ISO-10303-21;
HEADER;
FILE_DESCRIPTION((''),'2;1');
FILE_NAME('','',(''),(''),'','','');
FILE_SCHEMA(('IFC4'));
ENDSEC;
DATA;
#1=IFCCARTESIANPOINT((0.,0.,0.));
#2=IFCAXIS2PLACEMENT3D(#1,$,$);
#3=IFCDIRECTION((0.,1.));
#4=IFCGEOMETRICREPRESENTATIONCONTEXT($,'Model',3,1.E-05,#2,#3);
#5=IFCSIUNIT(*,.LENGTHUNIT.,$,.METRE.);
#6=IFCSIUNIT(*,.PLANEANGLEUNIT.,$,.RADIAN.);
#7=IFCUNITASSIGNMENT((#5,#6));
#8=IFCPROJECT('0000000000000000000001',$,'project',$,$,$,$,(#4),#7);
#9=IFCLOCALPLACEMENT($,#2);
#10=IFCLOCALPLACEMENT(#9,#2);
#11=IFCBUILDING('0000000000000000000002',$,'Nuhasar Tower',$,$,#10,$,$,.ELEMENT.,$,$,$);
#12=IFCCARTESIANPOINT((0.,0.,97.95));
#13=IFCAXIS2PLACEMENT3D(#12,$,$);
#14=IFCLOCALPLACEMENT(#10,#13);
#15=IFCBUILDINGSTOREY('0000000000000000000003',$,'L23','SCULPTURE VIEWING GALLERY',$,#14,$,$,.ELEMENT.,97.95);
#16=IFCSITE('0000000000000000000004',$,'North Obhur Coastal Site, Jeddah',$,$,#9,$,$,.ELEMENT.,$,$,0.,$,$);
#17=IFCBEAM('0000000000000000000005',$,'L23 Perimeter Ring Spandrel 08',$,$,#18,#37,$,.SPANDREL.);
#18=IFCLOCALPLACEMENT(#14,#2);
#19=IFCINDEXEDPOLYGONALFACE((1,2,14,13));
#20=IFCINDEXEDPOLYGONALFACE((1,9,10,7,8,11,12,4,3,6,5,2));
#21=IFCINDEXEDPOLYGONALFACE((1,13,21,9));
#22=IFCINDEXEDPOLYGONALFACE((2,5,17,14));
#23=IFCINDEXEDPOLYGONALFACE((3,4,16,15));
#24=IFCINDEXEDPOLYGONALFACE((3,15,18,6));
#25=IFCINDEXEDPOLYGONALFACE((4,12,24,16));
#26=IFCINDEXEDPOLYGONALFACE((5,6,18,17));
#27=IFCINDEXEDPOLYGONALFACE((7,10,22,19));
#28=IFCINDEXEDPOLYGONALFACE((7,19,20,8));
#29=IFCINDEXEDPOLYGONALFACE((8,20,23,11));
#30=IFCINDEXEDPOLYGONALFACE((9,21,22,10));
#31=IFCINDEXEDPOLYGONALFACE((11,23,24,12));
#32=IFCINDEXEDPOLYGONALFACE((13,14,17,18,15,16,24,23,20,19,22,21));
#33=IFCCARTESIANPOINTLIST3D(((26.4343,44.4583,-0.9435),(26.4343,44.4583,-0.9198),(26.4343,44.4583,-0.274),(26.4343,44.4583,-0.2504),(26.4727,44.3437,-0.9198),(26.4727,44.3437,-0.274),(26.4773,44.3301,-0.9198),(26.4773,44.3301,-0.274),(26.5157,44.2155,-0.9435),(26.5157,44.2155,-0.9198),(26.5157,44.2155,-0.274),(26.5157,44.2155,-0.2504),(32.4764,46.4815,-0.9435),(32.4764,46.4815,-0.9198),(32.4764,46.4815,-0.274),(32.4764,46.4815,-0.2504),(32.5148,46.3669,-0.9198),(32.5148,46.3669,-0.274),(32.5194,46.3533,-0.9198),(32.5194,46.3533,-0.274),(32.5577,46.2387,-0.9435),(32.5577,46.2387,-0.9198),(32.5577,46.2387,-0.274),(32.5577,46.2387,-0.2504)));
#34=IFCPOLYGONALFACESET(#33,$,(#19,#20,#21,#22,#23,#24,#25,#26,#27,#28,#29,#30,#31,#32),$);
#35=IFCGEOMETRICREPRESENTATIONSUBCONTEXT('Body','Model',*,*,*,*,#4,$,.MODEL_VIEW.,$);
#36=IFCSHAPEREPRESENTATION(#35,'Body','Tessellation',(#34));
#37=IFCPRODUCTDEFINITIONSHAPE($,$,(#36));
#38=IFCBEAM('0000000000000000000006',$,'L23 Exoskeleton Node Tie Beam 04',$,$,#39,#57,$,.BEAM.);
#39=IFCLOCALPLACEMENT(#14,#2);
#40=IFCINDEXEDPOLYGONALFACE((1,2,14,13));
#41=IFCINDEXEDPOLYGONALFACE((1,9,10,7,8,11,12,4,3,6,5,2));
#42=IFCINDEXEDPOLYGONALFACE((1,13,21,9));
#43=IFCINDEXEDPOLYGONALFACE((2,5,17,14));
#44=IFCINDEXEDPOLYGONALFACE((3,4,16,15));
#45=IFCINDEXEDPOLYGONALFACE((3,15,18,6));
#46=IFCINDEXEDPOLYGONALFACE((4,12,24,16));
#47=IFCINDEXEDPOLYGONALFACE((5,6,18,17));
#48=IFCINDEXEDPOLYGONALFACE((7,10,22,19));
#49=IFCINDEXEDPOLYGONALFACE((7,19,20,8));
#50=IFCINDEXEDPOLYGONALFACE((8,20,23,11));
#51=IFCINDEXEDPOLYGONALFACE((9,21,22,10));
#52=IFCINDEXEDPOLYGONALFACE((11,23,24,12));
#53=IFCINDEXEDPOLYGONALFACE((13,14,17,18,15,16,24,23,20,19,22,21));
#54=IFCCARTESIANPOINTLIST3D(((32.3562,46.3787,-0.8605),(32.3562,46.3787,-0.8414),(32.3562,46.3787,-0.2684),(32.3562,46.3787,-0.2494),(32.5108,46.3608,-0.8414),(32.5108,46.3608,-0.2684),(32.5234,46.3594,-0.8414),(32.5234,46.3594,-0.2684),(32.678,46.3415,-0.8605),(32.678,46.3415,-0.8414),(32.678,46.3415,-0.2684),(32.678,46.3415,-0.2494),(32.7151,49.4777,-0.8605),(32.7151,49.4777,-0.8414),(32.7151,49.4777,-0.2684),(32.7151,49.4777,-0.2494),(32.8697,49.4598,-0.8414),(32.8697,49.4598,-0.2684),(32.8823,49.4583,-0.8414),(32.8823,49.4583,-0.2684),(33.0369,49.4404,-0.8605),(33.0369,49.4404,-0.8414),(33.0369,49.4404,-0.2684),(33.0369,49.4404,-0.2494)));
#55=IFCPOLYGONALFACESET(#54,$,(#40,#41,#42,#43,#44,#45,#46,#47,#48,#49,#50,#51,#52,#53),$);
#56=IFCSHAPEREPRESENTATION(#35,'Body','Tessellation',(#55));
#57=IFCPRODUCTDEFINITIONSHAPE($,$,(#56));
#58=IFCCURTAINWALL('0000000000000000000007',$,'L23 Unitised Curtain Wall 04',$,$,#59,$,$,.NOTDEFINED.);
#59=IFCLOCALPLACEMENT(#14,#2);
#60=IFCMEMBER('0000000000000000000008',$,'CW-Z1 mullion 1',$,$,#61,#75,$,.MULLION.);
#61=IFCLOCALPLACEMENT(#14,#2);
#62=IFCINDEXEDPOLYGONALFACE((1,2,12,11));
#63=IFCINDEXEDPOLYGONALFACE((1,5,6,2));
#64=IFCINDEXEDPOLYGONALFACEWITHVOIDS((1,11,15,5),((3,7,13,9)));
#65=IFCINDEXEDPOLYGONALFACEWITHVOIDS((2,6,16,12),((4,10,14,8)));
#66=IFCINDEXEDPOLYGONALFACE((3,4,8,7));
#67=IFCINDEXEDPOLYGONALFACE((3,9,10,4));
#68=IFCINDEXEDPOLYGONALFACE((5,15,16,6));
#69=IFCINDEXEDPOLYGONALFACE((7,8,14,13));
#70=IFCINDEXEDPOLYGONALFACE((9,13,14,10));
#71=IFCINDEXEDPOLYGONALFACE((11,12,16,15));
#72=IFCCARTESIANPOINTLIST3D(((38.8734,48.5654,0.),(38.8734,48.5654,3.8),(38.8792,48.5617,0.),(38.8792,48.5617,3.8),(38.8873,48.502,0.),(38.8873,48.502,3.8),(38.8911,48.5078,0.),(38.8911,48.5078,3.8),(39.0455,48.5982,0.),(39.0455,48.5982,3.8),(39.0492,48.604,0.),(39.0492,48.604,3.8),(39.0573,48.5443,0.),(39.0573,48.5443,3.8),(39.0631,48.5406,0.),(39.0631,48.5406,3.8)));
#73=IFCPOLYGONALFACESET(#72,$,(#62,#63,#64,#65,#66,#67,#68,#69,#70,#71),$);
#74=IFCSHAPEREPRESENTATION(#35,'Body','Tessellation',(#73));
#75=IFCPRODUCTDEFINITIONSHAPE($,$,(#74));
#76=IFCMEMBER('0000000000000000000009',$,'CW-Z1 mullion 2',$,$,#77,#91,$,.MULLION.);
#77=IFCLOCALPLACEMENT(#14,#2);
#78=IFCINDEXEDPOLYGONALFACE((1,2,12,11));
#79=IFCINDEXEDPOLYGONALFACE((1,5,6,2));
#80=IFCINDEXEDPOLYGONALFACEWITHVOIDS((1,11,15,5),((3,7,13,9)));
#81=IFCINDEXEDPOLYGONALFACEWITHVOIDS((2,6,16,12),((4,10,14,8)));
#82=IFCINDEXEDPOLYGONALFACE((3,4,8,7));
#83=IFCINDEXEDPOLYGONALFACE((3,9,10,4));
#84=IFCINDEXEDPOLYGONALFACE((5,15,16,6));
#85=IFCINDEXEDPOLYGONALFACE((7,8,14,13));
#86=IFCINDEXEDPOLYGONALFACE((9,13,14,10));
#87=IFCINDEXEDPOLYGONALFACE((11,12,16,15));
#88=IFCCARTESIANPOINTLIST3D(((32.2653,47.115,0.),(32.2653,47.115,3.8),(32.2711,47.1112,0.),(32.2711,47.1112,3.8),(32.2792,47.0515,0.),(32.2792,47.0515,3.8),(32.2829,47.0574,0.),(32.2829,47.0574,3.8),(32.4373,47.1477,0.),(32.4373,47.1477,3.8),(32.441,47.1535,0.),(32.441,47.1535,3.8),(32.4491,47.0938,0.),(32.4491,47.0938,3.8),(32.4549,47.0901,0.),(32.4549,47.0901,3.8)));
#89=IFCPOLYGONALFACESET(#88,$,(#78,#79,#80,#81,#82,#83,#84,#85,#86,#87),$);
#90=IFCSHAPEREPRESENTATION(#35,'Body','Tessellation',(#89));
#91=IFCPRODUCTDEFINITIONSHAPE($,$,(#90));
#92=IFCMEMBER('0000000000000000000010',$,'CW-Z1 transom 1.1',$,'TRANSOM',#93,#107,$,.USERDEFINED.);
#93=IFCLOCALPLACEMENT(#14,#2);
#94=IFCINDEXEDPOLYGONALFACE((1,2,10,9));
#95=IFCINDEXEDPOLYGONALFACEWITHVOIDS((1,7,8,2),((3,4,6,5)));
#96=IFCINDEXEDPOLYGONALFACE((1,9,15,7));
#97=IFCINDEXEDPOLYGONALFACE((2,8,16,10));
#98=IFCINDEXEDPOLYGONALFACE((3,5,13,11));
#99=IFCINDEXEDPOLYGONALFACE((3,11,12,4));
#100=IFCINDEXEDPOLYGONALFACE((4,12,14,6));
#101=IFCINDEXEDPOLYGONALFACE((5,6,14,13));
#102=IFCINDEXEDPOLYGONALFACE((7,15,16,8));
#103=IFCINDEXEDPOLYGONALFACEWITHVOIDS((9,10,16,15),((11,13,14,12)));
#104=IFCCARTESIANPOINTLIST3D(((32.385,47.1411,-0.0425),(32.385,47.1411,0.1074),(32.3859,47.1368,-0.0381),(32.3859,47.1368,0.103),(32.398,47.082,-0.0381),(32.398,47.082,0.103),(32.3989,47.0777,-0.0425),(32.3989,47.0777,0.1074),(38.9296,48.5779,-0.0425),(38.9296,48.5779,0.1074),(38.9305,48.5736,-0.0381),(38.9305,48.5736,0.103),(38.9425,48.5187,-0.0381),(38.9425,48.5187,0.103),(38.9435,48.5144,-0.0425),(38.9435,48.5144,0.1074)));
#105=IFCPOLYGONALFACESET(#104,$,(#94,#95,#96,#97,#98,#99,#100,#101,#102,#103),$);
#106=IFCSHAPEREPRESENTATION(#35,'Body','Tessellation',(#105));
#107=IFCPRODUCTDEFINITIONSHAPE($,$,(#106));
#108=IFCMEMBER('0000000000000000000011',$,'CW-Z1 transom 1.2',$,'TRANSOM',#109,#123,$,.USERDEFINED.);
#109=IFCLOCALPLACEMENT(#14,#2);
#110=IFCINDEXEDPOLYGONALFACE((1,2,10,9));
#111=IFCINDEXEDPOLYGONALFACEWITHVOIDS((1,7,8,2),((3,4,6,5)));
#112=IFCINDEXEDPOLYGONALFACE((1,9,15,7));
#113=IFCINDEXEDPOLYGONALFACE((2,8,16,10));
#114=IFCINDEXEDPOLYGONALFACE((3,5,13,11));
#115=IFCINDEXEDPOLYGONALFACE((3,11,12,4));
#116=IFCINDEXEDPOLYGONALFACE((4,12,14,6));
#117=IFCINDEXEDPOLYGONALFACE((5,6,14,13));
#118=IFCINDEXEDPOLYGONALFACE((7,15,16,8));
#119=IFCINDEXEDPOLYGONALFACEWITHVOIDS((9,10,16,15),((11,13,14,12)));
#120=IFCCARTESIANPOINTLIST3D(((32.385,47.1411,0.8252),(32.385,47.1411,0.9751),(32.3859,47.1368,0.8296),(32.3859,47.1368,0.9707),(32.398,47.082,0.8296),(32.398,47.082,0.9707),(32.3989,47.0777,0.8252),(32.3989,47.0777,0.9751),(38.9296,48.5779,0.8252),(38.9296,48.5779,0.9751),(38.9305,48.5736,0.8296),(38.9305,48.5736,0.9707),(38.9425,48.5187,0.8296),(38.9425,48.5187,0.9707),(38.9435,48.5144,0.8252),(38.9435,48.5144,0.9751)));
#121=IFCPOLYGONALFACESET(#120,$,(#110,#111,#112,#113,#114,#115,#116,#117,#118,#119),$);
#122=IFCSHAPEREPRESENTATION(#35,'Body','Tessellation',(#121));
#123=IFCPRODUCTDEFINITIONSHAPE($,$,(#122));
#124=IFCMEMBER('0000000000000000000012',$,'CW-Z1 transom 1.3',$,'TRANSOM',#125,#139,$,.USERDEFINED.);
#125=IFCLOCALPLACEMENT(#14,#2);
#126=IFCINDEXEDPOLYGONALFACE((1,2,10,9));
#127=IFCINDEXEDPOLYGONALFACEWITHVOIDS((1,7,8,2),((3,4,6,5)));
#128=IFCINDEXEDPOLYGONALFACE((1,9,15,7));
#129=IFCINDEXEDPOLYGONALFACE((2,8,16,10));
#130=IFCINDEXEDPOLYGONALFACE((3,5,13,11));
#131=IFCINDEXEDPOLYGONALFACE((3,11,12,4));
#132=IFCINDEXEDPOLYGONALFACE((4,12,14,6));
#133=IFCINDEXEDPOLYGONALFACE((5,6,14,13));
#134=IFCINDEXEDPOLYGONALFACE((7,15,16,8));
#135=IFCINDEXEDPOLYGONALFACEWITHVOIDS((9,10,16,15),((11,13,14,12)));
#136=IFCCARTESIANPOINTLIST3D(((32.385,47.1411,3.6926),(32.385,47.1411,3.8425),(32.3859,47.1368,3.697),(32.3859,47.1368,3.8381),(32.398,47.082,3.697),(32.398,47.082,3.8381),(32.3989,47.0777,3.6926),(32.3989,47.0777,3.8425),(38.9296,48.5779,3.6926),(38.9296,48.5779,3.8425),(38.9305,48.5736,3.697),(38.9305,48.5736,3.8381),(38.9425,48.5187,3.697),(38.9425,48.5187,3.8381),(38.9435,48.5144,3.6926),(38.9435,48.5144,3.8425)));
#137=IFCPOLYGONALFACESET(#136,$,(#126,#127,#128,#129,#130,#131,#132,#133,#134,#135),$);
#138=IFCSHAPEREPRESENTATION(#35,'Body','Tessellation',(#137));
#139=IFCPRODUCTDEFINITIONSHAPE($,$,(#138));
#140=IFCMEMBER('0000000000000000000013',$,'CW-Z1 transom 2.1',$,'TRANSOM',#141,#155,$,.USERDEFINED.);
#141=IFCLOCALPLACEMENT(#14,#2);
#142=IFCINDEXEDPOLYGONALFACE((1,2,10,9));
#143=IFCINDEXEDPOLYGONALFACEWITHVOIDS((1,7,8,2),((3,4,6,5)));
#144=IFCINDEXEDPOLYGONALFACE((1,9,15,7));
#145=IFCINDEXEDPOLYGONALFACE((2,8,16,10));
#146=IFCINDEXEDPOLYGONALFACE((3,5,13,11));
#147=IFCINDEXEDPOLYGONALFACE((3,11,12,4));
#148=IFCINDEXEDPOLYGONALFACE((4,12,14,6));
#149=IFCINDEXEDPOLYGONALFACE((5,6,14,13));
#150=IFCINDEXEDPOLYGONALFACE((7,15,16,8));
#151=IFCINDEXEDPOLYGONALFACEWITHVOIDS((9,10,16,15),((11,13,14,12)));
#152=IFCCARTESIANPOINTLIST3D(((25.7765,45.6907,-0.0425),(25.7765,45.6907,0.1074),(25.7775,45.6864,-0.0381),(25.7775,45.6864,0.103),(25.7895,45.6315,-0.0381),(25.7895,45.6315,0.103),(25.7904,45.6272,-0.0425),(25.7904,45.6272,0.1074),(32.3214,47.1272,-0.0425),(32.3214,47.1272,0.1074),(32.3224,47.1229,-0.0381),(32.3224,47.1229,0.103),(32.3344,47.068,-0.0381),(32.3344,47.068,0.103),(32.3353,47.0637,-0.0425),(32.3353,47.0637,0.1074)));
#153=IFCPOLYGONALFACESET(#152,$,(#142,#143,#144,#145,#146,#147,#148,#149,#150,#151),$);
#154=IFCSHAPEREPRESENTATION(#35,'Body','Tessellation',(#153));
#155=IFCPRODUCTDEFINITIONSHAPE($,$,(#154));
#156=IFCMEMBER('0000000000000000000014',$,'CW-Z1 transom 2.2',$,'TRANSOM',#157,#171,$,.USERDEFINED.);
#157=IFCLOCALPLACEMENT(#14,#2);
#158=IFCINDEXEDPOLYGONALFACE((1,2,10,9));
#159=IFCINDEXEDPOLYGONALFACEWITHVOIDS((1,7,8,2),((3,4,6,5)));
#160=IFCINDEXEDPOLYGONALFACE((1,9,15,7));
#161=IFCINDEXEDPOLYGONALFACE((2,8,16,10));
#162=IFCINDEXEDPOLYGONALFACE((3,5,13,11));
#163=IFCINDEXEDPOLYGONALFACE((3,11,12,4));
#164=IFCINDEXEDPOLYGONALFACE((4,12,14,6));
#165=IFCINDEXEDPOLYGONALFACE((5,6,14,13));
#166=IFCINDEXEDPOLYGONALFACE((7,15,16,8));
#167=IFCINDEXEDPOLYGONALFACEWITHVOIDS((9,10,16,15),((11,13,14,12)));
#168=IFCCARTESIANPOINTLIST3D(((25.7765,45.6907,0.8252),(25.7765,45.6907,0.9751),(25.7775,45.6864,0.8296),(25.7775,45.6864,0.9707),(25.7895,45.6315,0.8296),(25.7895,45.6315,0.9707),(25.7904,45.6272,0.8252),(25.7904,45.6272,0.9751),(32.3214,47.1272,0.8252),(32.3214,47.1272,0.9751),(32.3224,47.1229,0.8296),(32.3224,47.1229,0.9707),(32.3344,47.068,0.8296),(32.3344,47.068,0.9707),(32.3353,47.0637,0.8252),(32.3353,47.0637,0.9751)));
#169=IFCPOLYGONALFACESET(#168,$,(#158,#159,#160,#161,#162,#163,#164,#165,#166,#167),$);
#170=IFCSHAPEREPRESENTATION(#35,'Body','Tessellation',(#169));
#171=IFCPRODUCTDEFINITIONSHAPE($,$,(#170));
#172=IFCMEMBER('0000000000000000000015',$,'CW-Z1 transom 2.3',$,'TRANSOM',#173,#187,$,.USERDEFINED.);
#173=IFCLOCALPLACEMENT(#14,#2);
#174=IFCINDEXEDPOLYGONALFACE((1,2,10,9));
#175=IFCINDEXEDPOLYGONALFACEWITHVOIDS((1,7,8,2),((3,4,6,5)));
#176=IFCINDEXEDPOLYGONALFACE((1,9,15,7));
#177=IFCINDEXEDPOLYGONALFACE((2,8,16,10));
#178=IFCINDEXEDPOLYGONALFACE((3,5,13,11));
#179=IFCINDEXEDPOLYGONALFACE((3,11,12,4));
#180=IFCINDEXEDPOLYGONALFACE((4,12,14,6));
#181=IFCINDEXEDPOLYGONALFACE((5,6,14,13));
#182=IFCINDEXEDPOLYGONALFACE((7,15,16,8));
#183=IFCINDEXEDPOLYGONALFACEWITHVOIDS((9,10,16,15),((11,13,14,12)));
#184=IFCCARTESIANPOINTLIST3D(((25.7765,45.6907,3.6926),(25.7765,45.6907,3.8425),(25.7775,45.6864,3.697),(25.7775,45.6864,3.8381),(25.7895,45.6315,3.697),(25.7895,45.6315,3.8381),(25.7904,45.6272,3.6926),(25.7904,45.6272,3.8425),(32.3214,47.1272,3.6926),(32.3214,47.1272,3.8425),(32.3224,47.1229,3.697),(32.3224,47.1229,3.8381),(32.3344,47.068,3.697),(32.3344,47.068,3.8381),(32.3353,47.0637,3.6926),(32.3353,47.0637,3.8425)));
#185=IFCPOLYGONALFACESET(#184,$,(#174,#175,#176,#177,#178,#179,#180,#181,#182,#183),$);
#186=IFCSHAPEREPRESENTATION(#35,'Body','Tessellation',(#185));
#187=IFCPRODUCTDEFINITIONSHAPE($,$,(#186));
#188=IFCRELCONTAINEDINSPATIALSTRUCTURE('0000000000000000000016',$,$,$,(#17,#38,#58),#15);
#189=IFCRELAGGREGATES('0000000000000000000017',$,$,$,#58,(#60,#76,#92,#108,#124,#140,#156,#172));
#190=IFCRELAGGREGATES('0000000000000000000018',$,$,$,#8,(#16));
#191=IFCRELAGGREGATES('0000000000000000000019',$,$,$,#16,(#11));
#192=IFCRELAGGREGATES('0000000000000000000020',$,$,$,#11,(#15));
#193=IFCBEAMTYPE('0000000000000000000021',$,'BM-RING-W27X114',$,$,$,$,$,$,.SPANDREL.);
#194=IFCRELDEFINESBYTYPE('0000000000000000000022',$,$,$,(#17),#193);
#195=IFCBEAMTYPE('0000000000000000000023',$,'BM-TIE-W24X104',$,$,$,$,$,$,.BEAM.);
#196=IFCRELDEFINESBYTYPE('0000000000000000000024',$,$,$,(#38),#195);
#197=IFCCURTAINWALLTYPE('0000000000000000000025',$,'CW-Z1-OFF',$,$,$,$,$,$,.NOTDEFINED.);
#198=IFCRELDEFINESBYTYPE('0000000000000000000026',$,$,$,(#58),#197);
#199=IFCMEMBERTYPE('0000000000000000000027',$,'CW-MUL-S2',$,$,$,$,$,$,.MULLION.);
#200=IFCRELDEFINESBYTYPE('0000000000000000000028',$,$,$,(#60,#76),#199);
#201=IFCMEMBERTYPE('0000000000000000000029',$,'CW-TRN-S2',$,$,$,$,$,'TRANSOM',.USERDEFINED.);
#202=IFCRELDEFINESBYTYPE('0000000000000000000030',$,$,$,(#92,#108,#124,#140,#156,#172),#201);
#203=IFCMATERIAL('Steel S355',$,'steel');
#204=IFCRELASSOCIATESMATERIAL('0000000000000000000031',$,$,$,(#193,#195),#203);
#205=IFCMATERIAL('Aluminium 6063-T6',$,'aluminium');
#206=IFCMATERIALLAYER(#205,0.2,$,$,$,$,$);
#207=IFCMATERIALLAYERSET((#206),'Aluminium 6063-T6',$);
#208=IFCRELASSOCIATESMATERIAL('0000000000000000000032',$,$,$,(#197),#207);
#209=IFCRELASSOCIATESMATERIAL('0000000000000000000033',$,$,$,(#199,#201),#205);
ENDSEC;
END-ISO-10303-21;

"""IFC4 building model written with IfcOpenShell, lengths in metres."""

from ifc_helpers import new_model, si_unit, direction, frame, origin, origin_2d, place, context, subcontext, project, spatial, hollow_rectangle, i_section, extrude, material, layer, layer_set, material_profile, profile_set, type_object, element, aggregate, save


model = new_model("IFC4")

# Units and contexts
model_context = context("Model", 3, precision=1e-05, world=origin(), true_north=direction((0.0, 1.0)))
body_context = subcontext(model_context, "Body", "Model", "MODEL_VIEW")
ifc_project = project(units=[si_unit("LENGTHUNIT", "METRE"), si_unit("PLANEANGLEUNIT", "RADIAN")], contexts=[model_context])

# Site, building, storey
site_placement = place(None, origin())
site = spatial("IfcSite", under=ifc_project, at=site_placement, Name="North Obhur Coastal Site, Jeddah", CompositionType="ELEMENT", RefElevation=0.0)
building_placement = place(site_placement, origin())
building = spatial("IfcBuilding", under=site, at=building_placement, Name="Nuhasar Tower", CompositionType="ELEMENT")
storey_placement = place(building_placement, frame((0.0, 0.0, 97.95)))
storey = spatial("IfcBuildingStorey", under=building, at=storey_placement, Name="L23", Description="SCULPTURE VIEWING GALLERY", CompositionType="ELEMENT", Elevation=97.95)

# Beams
ifc_material_1 = material(Name="Steel S355", Category="steel")
ifc_material_profile_1 = material_profile(ifc_material_1, i_section(OverallWidth=0.2561, OverallDepth=0.6931, WebThickness=0.0144, FlangeThickness=0.0237, at=origin_2d()), Name="W27X114")
ifc_profile_set_1 = profile_set([ifc_material_profile_1], Name="Steel S355")
beam_type_1 = type_object("IfcBeamType", Name="BM-RING-W27X114", PredefinedType="SPANDREL", material=ifc_profile_set_1)
beam_1_placement = place(storey_placement, frame((32.5171, 46.3601, -0.5969), z_axis=(-0.948249, -0.317526, 0.0), x_axis=(0.317526, -0.948249, 0.0)))
element("IfcBeam", 1, at=beam_1_placement, inside=storey, type_object=beam_type_1, Name="L23 Perimeter Ring Spandrel 08", PredefinedType="SPANDREL", context=body_context, shape_type="SweptSolid", body=[
    extrude(i_section(OverallWidth=0.2561, OverallDepth=0.6931, WebThickness=0.0144, FlangeThickness=0.0237, at=origin_2d()), origin(), (0.0, 0.0, 1.0), 6.3718),
])
ifc_material_profile_2 = material_profile(ifc_material_1, i_section(OverallWidth=0.324, OverallDepth=0.6111, WebThickness=0.0127, FlangeThickness=0.019, at=origin_2d()), Name="W24X104")
ifc_profile_set_2 = profile_set([ifc_material_profile_2], Name="Steel S355")
beam_type_2 = type_object("IfcBeamType", Name="BM-TIE-W24X104", PredefinedType="BEAM", material=ifc_profile_set_2)
beam_2_placement = place(storey_placement, frame((32.5171, 46.3601, -0.5549), z_axis=(0.115043, 0.993361, 0.0), x_axis=(-0.993361, 0.115043, 0.0)))
element("IfcBeam", 2, at=beam_2_placement, inside=storey, type_object=beam_type_2, Name="L23 Exoskeleton Node Tie Beam 04", PredefinedType="BEAM", context=body_context, shape_type="SweptSolid", body=[
    extrude(i_section(OverallWidth=0.324, OverallDepth=0.6111, WebThickness=0.0127, FlangeThickness=0.019, at=origin_2d()), origin(), (0.0, 0.0, 1.0), 3.1196),
])

# Curtain wall, members
ifc_material_2 = material(Name="Aluminium 6063-T6", Category="aluminium")
ifc_layer_1 = layer(ifc_material_2, 0.2)
ifc_layer_set_1 = layer_set([ifc_layer_1], Name="Aluminium 6063-T6")
curtain_wall_type = type_object("IfcCurtainWallType", Name="CW-Z1-OFF", PredefinedType="NOTDEFINED", material=ifc_layer_set_1)
curtain_wall_placement = place(storey_placement, origin())
curtain_wall = element("IfcCurtainWall", 3, at=curtain_wall_placement, inside=storey, type_object=curtain_wall_type, Name="L23 Unitised Curtain Wall 04", PredefinedType="NOTDEFINED")
ifc_material_profile_3 = material_profile(ifc_material_2, hollow_rectangle(XDim=0.0649, YDim=0.1799, WallThickness=0.0049, at=origin_2d()), Name="CWM-2")
ifc_profile_set_3 = profile_set([ifc_material_profile_3], Name="Aluminium 6063-T6")
member_type_1 = type_object("IfcMemberType", Name="CW-MUL-S2", PredefinedType="MULLION", material=ifc_profile_set_3)
member_1_placement = place(storey_placement, frame((38.9683, 48.553, 0.0), z_axis=(0.0, 0.0, 1.0), x_axis=(0.214399, -0.976746, 0.0)))
member_1 = element("IfcMember", 4, at=member_1_placement, type_object=member_type_1, Name="CW-Z1 mullion 1", PredefinedType="MULLION", context=body_context, shape_type="SweptSolid", body=[
    extrude(hollow_rectangle(XDim=0.0649, YDim=0.1799, WallThickness=0.0049, at=origin_2d()), origin(), (0.0, 0.0, 1.0), 3.8),
])
member_2_placement = place(storey_placement, frame((32.3601, 47.1025, 0.0), z_axis=(0.0, 0.0, 1.0), x_axis=(0.214399, -0.976746, 0.0)))
member_2 = element("IfcMember", 5, at=member_2_placement, type_object=member_type_1, Name="CW-Z1 mullion 2", PredefinedType="MULLION", context=body_context, shape_type="SweptSolid", body=[
    extrude(hollow_rectangle(XDim=0.0649, YDim=0.1799, WallThickness=0.0049, at=origin_2d()), origin(), (0.0, 0.0, 1.0), 3.8),
])
ifc_material_profile_4 = material_profile(ifc_material_2, hollow_rectangle(XDim=0.0649, YDim=0.1499, WallThickness=0.0044, at=origin_2d()), Name="CWT-2")
ifc_profile_set_4 = profile_set([ifc_material_profile_4], Name="Aluminium 6063-T6")
member_type_2 = type_object("IfcMemberType", Name="CW-TRN-S2", ElementType="TRANSOM", PredefinedType="USERDEFINED", material=ifc_profile_set_4)
member_3_placement = place(storey_placement, frame((38.9365, 48.5461, 0.0325), z_axis=(-0.97674, -0.214426, 0.0), x_axis=(0.214426, -0.97674, 0.0)))
member_3 = element("IfcMember", 6, at=member_3_placement, type_object=member_type_2, Name="CW-Z1 transom 1.1", ObjectType="TRANSOM", PredefinedType="USERDEFINED", context=body_context, shape_type="SweptSolid", body=[
    extrude(hollow_rectangle(XDim=0.0649, YDim=0.1499, WallThickness=0.0044, at=origin_2d()), origin(), (0.0, 0.0, 1.0), 6.7004),
])
member_4_placement = place(storey_placement, frame((38.9365, 48.5461, 0.9001), z_axis=(-0.97674, -0.214426, 0.0), x_axis=(0.214426, -0.97674, 0.0)))
member_4 = element("IfcMember", 7, at=member_4_placement, type_object=member_type_2, Name="CW-Z1 transom 1.2", ObjectType="TRANSOM", PredefinedType="USERDEFINED", context=body_context, shape_type="SweptSolid", body=[
    extrude(hollow_rectangle(XDim=0.0649, YDim=0.1499, WallThickness=0.0044, at=origin_2d()), origin(), (0.0, 0.0, 1.0), 6.7004),
])
member_5_placement = place(storey_placement, frame((38.9365, 48.5461, 3.7676), z_axis=(-0.97674, -0.214426, 0.0), x_axis=(0.214426, -0.97674, 0.0)))
member_5 = element("IfcMember", 8, at=member_5_placement, type_object=member_type_2, Name="CW-Z1 transom 1.3", ObjectType="TRANSOM", PredefinedType="USERDEFINED", context=body_context, shape_type="SweptSolid", body=[
    extrude(hollow_rectangle(XDim=0.0649, YDim=0.1499, WallThickness=0.0044, at=origin_2d()), origin(), (0.0, 0.0, 1.0), 6.7004),
])
member_6_placement = place(storey_placement, frame((32.3284, 47.0955, 0.0325), z_axis=(-0.97675, -0.214384, 0.0), x_axis=(0.214384, -0.97675, 0.0)))
member_6 = element("IfcMember", 9, at=member_6_placement, type_object=member_type_2, Name="CW-Z1 transom 2.1", ObjectType="TRANSOM", PredefinedType="USERDEFINED", context=body_context, shape_type="SweptSolid", body=[
    extrude(hollow_rectangle(XDim=0.0649, YDim=0.1499, WallThickness=0.0044, at=origin_2d()), origin(), (0.0, 0.0, 1.0), 6.7007),
])
member_7_placement = place(storey_placement, frame((32.3284, 47.0955, 0.9001), z_axis=(-0.97675, -0.214384, 0.0), x_axis=(0.214384, -0.97675, 0.0)))
member_7 = element("IfcMember", 10, at=member_7_placement, type_object=member_type_2, Name="CW-Z1 transom 2.2", ObjectType="TRANSOM", PredefinedType="USERDEFINED", context=body_context, shape_type="SweptSolid", body=[
    extrude(hollow_rectangle(XDim=0.0649, YDim=0.1499, WallThickness=0.0044, at=origin_2d()), origin(), (0.0, 0.0, 1.0), 6.7007),
])
member_8_placement = place(storey_placement, frame((32.3284, 47.0955, 3.7676), z_axis=(-0.97675, -0.214384, 0.0), x_axis=(0.214384, -0.97675, 0.0)))
member_8 = element("IfcMember", 11, at=member_8_placement, type_object=member_type_2, Name="CW-Z1 transom 2.3", ObjectType="TRANSOM", PredefinedType="USERDEFINED", context=body_context, shape_type="SweptSolid", body=[
    extrude(hollow_rectangle(XDim=0.0649, YDim=0.1499, WallThickness=0.0044, at=origin_2d()), origin(), (0.0, 0.0, 1.0), 6.7007),
])

aggregate(curtain_wall, [member_1, member_2, member_3, member_4, member_5, member_6, member_7, member_8])

save(model, "model.ifc")
